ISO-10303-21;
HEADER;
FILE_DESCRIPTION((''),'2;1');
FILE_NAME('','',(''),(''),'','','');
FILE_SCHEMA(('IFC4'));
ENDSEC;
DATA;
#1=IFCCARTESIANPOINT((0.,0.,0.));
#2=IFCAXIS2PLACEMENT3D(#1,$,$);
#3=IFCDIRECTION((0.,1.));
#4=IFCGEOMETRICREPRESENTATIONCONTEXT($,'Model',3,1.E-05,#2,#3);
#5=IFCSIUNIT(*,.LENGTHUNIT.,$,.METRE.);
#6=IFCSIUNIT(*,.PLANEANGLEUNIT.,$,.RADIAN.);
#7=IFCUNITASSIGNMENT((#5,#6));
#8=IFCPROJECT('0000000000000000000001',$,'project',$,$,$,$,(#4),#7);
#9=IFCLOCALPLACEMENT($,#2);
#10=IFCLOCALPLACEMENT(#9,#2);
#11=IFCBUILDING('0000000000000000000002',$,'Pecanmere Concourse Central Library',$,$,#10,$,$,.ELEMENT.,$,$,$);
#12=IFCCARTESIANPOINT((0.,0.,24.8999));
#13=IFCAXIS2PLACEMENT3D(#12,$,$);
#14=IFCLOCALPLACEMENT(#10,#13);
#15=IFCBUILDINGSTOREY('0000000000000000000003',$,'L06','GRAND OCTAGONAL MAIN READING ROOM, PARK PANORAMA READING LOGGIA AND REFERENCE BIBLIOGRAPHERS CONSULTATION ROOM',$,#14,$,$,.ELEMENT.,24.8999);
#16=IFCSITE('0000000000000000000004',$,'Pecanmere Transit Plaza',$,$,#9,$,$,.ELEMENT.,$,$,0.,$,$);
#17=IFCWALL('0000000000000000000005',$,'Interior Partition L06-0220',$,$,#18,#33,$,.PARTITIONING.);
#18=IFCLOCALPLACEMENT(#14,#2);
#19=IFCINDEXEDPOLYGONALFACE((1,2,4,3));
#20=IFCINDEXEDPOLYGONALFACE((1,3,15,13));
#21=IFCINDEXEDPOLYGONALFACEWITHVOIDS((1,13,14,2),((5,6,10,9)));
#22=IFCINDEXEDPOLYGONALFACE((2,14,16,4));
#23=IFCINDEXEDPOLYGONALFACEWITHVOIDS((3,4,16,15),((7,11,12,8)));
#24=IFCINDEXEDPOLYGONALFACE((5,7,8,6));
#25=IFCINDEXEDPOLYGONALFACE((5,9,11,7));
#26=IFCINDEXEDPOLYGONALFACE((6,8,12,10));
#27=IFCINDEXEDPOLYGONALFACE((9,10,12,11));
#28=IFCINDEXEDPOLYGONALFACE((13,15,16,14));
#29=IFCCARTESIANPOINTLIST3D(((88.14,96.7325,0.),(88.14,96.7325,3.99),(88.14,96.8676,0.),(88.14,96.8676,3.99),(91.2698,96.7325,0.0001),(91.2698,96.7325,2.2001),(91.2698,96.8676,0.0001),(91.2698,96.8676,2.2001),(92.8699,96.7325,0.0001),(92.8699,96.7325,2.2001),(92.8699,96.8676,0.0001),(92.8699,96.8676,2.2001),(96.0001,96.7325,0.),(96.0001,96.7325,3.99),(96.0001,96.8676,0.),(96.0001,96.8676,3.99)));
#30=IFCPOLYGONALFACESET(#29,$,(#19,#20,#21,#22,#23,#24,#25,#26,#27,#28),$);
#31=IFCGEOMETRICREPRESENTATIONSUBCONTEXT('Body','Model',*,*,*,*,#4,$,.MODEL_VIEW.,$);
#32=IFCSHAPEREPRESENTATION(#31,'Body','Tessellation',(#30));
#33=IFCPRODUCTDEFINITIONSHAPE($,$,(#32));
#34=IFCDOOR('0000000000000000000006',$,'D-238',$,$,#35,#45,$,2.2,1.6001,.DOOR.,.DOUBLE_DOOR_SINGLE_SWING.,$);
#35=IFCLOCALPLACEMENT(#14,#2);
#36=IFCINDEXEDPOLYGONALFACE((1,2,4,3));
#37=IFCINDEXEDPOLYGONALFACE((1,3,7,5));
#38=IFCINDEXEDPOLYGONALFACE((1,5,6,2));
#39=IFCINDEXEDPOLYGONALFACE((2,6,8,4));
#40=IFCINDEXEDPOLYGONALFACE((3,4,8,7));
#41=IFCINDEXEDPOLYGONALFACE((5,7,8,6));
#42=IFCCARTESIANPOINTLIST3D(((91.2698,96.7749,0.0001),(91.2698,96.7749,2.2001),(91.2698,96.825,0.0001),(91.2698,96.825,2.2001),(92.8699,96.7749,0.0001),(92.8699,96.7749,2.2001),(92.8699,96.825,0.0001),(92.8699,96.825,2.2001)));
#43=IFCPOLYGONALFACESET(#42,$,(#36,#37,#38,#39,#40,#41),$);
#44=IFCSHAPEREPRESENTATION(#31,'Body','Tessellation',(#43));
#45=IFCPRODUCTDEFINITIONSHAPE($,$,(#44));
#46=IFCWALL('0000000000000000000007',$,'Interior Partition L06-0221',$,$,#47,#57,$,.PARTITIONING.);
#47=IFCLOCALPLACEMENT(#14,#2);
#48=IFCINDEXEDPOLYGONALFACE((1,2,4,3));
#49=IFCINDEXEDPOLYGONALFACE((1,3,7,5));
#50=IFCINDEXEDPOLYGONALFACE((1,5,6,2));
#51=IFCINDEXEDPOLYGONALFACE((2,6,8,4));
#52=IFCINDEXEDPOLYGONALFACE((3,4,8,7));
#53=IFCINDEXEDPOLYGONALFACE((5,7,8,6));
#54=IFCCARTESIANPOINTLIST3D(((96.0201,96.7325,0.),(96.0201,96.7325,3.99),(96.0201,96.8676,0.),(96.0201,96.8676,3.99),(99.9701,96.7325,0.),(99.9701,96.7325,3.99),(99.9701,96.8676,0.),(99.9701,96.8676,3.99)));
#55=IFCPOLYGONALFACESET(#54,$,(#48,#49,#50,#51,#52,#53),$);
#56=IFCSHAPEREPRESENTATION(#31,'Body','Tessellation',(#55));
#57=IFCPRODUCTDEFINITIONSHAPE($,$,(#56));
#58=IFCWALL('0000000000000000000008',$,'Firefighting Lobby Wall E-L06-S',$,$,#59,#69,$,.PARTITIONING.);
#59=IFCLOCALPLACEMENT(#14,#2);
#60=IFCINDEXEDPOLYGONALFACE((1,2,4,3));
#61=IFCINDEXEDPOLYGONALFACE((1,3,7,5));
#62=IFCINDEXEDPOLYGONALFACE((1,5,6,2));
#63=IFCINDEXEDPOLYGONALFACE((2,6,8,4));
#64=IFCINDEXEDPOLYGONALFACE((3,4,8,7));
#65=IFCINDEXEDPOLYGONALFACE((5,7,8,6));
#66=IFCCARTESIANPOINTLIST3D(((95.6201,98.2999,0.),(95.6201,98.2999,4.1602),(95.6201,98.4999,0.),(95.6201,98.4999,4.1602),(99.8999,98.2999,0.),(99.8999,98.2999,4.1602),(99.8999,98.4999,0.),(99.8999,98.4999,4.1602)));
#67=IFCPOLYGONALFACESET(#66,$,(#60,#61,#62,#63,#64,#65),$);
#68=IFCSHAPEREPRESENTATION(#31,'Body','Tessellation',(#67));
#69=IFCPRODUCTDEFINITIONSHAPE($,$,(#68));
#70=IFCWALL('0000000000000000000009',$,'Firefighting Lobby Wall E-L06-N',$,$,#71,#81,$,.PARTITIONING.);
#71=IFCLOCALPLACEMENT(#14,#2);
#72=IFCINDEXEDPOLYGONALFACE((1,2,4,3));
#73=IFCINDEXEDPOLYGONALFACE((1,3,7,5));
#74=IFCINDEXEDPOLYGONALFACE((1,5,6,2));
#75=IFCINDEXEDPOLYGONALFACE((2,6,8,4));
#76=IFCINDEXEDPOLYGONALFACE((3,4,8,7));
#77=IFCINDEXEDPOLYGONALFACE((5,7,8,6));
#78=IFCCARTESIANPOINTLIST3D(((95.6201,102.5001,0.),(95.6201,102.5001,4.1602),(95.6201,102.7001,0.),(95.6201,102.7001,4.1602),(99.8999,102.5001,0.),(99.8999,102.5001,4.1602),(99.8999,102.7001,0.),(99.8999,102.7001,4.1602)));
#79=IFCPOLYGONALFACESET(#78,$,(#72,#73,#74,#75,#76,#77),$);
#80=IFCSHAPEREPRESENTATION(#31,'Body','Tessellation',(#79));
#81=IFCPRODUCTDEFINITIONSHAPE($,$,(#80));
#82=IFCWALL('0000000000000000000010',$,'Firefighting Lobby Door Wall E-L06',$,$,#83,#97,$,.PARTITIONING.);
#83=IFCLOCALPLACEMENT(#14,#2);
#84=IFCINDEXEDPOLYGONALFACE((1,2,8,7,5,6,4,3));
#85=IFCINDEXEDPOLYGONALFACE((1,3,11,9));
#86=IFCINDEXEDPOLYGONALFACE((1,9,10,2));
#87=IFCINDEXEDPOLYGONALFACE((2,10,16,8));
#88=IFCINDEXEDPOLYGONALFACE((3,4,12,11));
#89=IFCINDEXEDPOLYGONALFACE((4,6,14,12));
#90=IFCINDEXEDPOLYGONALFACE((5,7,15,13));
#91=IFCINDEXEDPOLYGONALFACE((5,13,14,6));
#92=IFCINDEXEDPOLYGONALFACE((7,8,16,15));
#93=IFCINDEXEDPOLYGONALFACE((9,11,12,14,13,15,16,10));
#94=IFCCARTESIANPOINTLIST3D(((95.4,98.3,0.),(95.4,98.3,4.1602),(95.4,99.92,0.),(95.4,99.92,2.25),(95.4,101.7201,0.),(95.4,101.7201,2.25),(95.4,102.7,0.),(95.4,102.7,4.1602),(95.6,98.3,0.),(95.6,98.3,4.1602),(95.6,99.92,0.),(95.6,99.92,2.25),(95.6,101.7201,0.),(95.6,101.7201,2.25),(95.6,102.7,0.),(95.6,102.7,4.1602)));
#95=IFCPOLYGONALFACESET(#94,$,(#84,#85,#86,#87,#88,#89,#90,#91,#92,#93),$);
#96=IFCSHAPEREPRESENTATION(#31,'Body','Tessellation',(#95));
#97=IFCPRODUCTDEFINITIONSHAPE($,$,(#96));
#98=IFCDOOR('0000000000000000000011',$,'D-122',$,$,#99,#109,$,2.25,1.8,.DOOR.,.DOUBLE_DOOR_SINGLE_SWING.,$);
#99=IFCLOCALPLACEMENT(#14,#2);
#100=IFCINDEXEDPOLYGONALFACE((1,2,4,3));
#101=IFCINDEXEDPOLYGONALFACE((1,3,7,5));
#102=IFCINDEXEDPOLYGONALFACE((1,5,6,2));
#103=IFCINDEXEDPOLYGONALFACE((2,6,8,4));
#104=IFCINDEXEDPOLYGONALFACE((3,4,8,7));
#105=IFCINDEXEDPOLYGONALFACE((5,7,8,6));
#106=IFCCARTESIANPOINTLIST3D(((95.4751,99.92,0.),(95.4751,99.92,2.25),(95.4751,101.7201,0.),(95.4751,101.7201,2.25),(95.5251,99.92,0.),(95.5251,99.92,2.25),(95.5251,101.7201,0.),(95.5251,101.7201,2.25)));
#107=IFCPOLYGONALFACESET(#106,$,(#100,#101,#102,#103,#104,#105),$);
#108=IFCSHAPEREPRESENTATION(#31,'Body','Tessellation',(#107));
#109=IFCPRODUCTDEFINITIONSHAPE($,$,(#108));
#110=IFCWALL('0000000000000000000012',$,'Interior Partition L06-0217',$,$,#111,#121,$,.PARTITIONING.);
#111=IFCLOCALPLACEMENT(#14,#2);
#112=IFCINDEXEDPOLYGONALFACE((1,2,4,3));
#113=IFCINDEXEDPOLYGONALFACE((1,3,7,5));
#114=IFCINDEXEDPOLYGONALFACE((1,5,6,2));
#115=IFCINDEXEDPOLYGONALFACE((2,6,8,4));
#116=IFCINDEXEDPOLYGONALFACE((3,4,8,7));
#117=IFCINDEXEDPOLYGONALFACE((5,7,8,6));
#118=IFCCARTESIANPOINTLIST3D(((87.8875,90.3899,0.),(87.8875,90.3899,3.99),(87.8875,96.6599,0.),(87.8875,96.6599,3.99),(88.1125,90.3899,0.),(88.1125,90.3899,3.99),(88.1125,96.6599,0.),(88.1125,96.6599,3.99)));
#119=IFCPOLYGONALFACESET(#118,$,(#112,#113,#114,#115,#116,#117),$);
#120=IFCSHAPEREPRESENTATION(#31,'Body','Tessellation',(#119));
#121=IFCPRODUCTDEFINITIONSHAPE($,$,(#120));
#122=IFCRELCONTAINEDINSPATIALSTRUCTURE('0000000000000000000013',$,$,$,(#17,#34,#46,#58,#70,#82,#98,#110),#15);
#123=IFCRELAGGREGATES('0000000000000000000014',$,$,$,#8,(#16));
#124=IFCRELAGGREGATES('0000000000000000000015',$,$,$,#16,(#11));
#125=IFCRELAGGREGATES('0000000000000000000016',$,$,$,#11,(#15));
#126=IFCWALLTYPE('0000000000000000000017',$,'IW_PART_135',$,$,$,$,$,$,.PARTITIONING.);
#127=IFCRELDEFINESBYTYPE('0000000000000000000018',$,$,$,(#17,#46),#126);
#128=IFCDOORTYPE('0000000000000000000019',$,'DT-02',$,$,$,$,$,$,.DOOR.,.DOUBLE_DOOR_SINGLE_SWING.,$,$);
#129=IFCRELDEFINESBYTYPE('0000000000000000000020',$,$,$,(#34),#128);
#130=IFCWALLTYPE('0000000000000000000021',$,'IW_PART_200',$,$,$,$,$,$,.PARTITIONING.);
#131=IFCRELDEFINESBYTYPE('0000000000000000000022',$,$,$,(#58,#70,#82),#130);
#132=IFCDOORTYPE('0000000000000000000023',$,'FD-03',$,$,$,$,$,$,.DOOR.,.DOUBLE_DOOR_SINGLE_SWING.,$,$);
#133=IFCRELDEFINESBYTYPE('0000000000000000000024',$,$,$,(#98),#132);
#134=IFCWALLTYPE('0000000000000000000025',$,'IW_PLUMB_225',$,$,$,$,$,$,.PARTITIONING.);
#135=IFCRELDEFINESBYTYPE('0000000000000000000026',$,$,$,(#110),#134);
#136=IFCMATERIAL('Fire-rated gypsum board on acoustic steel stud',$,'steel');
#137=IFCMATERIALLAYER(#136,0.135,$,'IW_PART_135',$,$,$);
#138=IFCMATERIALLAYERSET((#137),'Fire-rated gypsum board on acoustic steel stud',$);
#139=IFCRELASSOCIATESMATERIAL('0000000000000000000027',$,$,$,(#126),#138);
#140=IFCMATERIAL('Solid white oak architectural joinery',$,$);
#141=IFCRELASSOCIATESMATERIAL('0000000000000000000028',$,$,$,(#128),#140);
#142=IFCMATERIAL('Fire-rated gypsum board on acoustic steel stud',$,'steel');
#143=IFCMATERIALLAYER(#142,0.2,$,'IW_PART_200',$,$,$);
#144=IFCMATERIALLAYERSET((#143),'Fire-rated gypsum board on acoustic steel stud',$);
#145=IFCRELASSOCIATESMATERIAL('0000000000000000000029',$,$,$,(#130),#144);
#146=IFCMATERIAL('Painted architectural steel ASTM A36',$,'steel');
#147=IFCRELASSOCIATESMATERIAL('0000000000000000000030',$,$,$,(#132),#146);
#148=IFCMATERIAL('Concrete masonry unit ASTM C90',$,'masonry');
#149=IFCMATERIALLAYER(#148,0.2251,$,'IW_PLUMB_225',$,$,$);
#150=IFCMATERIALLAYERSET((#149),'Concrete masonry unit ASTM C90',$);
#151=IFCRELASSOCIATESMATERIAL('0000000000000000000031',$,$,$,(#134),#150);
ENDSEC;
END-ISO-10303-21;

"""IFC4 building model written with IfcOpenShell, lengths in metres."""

from ifc_helpers import new_model, si_unit, direction, frame, frame_2d, origin, place, context, subcontext, project, spatial, rectangle, extrude, material, layer, layer_set, type_object, element, fill, save


model = new_model("IFC4")

# Units and contexts
model_context = context("Model", 3, precision=1e-05, world=origin(), true_north=direction((0.0, 1.0)))
body_context = subcontext(model_context, "Body", "Model", "MODEL_VIEW")
ifc_project = project(units=[si_unit("LENGTHUNIT", "METRE"), si_unit("PLANEANGLEUNIT", "RADIAN")], contexts=[model_context])

# Site, building, storey
site_placement = place(None, origin())
site = spatial("IfcSite", under=ifc_project, at=site_placement, Name="Pecanmere Transit Plaza", CompositionType="ELEMENT", RefElevation=0.0)
building_placement = place(site_placement, origin())
building = spatial("IfcBuilding", under=site, at=building_placement, Name="Pecanmere Concourse Central Library", CompositionType="ELEMENT")
storey_placement = place(building_placement, frame((0.0, 0.0, 24.8999)))
storey = spatial("IfcBuildingStorey", under=building, at=storey_placement, Name="L06", Description="GRAND OCTAGONAL MAIN READING ROOM, PARK PANORAMA READING LOGGIA AND REFERENCE BIBLIOGRAPHERS CONSULTATION ROOM", CompositionType="ELEMENT", Elevation=24.8999)

# Wall, opening, door
ifc_material_1 = material(Name="Fire-rated gypsum board on acoustic steel stud", Category="steel")
ifc_layer_1 = layer(ifc_material_1, 0.135, Name="IW_PART_135")
ifc_layer_set_1 = layer_set([ifc_layer_1], Name="Fire-rated gypsum board on acoustic steel stud")
wall_type_1 = type_object("IfcWallType", Name="IW_PART_135", PredefinedType="PARTITIONING", material=ifc_layer_set_1)
wall_1_placement = place(storey_placement, frame((88.1399, 96.8, 0.0), z_axis=(0.0, 0.0, 1.0), x_axis=(1.0, 0.0, 0.0)))
wall_1 = element("IfcWall", 1, at=wall_1_placement, inside=storey, type_object=wall_type_1, Name="Interior Partition L06-0220", PredefinedType="PARTITIONING", context=body_context, shape_type="SweptSolid", body=[
    extrude(rectangle(XDim=7.8601, YDim=0.135, at=frame_2d((3.9302, 0.0))), origin(), (0.0, 0.0, 1.0), 3.99),
])
opening_1_placement = place(wall_1_placement, frame((3.1299, 0.0, 0.0)))
opening_1 = element("IfcOpeningElement", 2, at=opening_1_placement, cuts=wall_1, PredefinedType="OPENING", context=body_context, shape_type="SweptSolid", body=[
    extrude(rectangle(XDim=1.6001, YDim=2.2, at=frame_2d((0.8, 1.1001))), frame((0.0, 0.0796, 0.0), z_axis=(0.0, -1.0, 0.0), x_axis=(1.0, 0.0, 0.0)), (0.0, 0.0, 1.0), 0.1589),
])
ifc_material_2 = material(Name="Solid white oak architectural joinery")
door_type_1 = type_object("IfcDoorType", Name="DT-02", OperationType="DOUBLE_DOOR_SINGLE_SWING", PredefinedType="DOOR", material=ifc_material_2)
door_1_placement = place(opening_1_placement, origin())
door_1 = element("IfcDoor", 3, at=door_1_placement, inside=storey, type_object=door_type_1, Name="D-238", OperationType="DOUBLE_DOOR_SINGLE_SWING", OverallHeight=2.2, OverallWidth=1.6001, PredefinedType="DOOR", context=body_context, shape_type="SweptSolid", body=[
    extrude(rectangle(XDim=1.6001, YDim=2.2, at=frame_2d((0.8, 1.1001))), frame((0.0, 0.0249, 0.0), z_axis=(0.0, -1.0, 0.0), x_axis=(1.0, 0.0, 0.0)), (0.0, 0.0, 1.0), 0.05),
])
fill(opening_1, door_1)

# Walls
wall_2_placement = place(storey_placement, frame((96.02, 96.8, 0.0), z_axis=(0.0, 0.0, 1.0), x_axis=(1.0, 0.0, 0.0)))
element("IfcWall", 4, at=wall_2_placement, inside=storey, type_object=wall_type_1, Name="Interior Partition L06-0221", PredefinedType="PARTITIONING", context=body_context, shape_type="SweptSolid", body=[
    extrude(rectangle(XDim=3.95, YDim=0.135, at=frame_2d((1.9751, 0.0))), origin(), (0.0, 0.0, 1.0), 3.99),
])
ifc_material_3 = material(Name="Fire-rated gypsum board on acoustic steel stud", Category="steel")
ifc_layer_2 = layer(ifc_material_3, 0.2, Name="IW_PART_200")
ifc_layer_set_2 = layer_set([ifc_layer_2], Name="Fire-rated gypsum board on acoustic steel stud")
wall_type_2 = type_object("IfcWallType", Name="IW_PART_200", PredefinedType="PARTITIONING", material=ifc_layer_set_2)
for number, where, z_axis, x_axis, name in (
    (5, (95.6201, 98.3999, 0.0), (0.0, 0.0, 1.0), (1.0, 0.0, 0.0), "Firefighting Lobby Wall E-L06-S"),
    (6, (95.6201, 102.6001, 0.0), (0.0, 0.0, 1.0), (1.0, 0.0, 0.0), "Firefighting Lobby Wall E-L06-N"),
):
    element("IfcWall", number, at=place(storey_placement, frame(where, z_axis=z_axis, x_axis=x_axis)), inside=storey, type_object=wall_type_2, Name=name, PredefinedType="PARTITIONING", context=body_context, shape_type="SweptSolid", body=[
        extrude(rectangle(XDim=4.2798, YDim=0.2, at=frame_2d((2.1399, 0.0))), origin(), (0.0, 0.0, 1.0), 4.1602),
    ])

# Wall, opening, door
wall_3_placement = place(storey_placement, frame((95.5, 98.3, 0.0), z_axis=(0.0, 0.0, 1.0), x_axis=(0.0, 1.0, 0.0)))
wall_3 = element("IfcWall", 7, at=wall_3_placement, inside=storey, type_object=wall_type_2, Name="Firefighting Lobby Door Wall E-L06", PredefinedType="PARTITIONING", context=body_context, shape_type="SweptSolid", body=[
    extrude(rectangle(XDim=4.3999, YDim=0.2, at=frame_2d((2.2, 0.0))), origin(), (0.0, 0.0, 1.0), 4.1602),
])
opening_2_placement = place(wall_3_placement, frame((1.6201, 0.0, 0.0)))
opening_2 = element("IfcOpeningElement", 8, at=opening_2_placement, cuts=wall_3, PredefinedType="OPENING", context=body_context, shape_type="SweptSolid", body=[
    extrude(rectangle(XDim=1.8, YDim=2.25, at=frame_2d((0.8999, 1.125))), frame((0.0, 0.1118, 0.0), z_axis=(0.0, -1.0, 0.0), x_axis=(1.0, 0.0, 0.0)), (0.0, 0.0, 1.0), 0.2239),
])
ifc_material_4 = material(Name="Painted architectural steel ASTM A36", Category="steel")
door_type_2 = type_object("IfcDoorType", Name="FD-03", OperationType="DOUBLE_DOOR_SINGLE_SWING", PredefinedType="DOOR", material=ifc_material_4)
door_2_placement = place(opening_2_placement, origin())
door_2 = element("IfcDoor", 9, at=door_2_placement, inside=storey, type_object=door_type_2, Name="D-122", OperationType="DOUBLE_DOOR_SINGLE_SWING", OverallHeight=2.25, OverallWidth=1.8, PredefinedType="DOOR", context=body_context, shape_type="SweptSolid", body=[
    extrude(rectangle(XDim=1.8, YDim=2.25, at=frame_2d((0.8999, 1.125))), frame((0.0, 0.0249, 0.0), z_axis=(0.0, -1.0, 0.0), x_axis=(1.0, 0.0, 0.0)), (0.0, 0.0, 1.0), 0.05),
])
fill(opening_2, door_2)

# Wall
ifc_material_5 = material(Name="Concrete masonry unit ASTM C90", Category="masonry")
ifc_layer_3 = layer(ifc_material_5, 0.2251, Name="IW_PLUMB_225")
ifc_layer_set_3 = layer_set([ifc_layer_3], Name="Concrete masonry unit ASTM C90")
wall_type_3 = type_object("IfcWallType", Name="IW_PLUMB_225", PredefinedType="PARTITIONING", material=ifc_layer_set_3)
wall_4_placement = place(storey_placement, frame((88.0, 90.3899, 0.0), z_axis=(0.0, 0.0, 1.0), x_axis=(0.0, 1.0, 0.0)))
element("IfcWall", 10, at=wall_4_placement, inside=storey, type_object=wall_type_3, Name="Interior Partition L06-0217", PredefinedType="PARTITIONING", context=body_context, shape_type="SweptSolid", body=[
    extrude(rectangle(XDim=6.27, YDim=0.2251, at=frame_2d((3.135, 0.0))), origin(), (0.0, 0.0, 1.0), 3.99),
])

save(model, "model.ifc")
